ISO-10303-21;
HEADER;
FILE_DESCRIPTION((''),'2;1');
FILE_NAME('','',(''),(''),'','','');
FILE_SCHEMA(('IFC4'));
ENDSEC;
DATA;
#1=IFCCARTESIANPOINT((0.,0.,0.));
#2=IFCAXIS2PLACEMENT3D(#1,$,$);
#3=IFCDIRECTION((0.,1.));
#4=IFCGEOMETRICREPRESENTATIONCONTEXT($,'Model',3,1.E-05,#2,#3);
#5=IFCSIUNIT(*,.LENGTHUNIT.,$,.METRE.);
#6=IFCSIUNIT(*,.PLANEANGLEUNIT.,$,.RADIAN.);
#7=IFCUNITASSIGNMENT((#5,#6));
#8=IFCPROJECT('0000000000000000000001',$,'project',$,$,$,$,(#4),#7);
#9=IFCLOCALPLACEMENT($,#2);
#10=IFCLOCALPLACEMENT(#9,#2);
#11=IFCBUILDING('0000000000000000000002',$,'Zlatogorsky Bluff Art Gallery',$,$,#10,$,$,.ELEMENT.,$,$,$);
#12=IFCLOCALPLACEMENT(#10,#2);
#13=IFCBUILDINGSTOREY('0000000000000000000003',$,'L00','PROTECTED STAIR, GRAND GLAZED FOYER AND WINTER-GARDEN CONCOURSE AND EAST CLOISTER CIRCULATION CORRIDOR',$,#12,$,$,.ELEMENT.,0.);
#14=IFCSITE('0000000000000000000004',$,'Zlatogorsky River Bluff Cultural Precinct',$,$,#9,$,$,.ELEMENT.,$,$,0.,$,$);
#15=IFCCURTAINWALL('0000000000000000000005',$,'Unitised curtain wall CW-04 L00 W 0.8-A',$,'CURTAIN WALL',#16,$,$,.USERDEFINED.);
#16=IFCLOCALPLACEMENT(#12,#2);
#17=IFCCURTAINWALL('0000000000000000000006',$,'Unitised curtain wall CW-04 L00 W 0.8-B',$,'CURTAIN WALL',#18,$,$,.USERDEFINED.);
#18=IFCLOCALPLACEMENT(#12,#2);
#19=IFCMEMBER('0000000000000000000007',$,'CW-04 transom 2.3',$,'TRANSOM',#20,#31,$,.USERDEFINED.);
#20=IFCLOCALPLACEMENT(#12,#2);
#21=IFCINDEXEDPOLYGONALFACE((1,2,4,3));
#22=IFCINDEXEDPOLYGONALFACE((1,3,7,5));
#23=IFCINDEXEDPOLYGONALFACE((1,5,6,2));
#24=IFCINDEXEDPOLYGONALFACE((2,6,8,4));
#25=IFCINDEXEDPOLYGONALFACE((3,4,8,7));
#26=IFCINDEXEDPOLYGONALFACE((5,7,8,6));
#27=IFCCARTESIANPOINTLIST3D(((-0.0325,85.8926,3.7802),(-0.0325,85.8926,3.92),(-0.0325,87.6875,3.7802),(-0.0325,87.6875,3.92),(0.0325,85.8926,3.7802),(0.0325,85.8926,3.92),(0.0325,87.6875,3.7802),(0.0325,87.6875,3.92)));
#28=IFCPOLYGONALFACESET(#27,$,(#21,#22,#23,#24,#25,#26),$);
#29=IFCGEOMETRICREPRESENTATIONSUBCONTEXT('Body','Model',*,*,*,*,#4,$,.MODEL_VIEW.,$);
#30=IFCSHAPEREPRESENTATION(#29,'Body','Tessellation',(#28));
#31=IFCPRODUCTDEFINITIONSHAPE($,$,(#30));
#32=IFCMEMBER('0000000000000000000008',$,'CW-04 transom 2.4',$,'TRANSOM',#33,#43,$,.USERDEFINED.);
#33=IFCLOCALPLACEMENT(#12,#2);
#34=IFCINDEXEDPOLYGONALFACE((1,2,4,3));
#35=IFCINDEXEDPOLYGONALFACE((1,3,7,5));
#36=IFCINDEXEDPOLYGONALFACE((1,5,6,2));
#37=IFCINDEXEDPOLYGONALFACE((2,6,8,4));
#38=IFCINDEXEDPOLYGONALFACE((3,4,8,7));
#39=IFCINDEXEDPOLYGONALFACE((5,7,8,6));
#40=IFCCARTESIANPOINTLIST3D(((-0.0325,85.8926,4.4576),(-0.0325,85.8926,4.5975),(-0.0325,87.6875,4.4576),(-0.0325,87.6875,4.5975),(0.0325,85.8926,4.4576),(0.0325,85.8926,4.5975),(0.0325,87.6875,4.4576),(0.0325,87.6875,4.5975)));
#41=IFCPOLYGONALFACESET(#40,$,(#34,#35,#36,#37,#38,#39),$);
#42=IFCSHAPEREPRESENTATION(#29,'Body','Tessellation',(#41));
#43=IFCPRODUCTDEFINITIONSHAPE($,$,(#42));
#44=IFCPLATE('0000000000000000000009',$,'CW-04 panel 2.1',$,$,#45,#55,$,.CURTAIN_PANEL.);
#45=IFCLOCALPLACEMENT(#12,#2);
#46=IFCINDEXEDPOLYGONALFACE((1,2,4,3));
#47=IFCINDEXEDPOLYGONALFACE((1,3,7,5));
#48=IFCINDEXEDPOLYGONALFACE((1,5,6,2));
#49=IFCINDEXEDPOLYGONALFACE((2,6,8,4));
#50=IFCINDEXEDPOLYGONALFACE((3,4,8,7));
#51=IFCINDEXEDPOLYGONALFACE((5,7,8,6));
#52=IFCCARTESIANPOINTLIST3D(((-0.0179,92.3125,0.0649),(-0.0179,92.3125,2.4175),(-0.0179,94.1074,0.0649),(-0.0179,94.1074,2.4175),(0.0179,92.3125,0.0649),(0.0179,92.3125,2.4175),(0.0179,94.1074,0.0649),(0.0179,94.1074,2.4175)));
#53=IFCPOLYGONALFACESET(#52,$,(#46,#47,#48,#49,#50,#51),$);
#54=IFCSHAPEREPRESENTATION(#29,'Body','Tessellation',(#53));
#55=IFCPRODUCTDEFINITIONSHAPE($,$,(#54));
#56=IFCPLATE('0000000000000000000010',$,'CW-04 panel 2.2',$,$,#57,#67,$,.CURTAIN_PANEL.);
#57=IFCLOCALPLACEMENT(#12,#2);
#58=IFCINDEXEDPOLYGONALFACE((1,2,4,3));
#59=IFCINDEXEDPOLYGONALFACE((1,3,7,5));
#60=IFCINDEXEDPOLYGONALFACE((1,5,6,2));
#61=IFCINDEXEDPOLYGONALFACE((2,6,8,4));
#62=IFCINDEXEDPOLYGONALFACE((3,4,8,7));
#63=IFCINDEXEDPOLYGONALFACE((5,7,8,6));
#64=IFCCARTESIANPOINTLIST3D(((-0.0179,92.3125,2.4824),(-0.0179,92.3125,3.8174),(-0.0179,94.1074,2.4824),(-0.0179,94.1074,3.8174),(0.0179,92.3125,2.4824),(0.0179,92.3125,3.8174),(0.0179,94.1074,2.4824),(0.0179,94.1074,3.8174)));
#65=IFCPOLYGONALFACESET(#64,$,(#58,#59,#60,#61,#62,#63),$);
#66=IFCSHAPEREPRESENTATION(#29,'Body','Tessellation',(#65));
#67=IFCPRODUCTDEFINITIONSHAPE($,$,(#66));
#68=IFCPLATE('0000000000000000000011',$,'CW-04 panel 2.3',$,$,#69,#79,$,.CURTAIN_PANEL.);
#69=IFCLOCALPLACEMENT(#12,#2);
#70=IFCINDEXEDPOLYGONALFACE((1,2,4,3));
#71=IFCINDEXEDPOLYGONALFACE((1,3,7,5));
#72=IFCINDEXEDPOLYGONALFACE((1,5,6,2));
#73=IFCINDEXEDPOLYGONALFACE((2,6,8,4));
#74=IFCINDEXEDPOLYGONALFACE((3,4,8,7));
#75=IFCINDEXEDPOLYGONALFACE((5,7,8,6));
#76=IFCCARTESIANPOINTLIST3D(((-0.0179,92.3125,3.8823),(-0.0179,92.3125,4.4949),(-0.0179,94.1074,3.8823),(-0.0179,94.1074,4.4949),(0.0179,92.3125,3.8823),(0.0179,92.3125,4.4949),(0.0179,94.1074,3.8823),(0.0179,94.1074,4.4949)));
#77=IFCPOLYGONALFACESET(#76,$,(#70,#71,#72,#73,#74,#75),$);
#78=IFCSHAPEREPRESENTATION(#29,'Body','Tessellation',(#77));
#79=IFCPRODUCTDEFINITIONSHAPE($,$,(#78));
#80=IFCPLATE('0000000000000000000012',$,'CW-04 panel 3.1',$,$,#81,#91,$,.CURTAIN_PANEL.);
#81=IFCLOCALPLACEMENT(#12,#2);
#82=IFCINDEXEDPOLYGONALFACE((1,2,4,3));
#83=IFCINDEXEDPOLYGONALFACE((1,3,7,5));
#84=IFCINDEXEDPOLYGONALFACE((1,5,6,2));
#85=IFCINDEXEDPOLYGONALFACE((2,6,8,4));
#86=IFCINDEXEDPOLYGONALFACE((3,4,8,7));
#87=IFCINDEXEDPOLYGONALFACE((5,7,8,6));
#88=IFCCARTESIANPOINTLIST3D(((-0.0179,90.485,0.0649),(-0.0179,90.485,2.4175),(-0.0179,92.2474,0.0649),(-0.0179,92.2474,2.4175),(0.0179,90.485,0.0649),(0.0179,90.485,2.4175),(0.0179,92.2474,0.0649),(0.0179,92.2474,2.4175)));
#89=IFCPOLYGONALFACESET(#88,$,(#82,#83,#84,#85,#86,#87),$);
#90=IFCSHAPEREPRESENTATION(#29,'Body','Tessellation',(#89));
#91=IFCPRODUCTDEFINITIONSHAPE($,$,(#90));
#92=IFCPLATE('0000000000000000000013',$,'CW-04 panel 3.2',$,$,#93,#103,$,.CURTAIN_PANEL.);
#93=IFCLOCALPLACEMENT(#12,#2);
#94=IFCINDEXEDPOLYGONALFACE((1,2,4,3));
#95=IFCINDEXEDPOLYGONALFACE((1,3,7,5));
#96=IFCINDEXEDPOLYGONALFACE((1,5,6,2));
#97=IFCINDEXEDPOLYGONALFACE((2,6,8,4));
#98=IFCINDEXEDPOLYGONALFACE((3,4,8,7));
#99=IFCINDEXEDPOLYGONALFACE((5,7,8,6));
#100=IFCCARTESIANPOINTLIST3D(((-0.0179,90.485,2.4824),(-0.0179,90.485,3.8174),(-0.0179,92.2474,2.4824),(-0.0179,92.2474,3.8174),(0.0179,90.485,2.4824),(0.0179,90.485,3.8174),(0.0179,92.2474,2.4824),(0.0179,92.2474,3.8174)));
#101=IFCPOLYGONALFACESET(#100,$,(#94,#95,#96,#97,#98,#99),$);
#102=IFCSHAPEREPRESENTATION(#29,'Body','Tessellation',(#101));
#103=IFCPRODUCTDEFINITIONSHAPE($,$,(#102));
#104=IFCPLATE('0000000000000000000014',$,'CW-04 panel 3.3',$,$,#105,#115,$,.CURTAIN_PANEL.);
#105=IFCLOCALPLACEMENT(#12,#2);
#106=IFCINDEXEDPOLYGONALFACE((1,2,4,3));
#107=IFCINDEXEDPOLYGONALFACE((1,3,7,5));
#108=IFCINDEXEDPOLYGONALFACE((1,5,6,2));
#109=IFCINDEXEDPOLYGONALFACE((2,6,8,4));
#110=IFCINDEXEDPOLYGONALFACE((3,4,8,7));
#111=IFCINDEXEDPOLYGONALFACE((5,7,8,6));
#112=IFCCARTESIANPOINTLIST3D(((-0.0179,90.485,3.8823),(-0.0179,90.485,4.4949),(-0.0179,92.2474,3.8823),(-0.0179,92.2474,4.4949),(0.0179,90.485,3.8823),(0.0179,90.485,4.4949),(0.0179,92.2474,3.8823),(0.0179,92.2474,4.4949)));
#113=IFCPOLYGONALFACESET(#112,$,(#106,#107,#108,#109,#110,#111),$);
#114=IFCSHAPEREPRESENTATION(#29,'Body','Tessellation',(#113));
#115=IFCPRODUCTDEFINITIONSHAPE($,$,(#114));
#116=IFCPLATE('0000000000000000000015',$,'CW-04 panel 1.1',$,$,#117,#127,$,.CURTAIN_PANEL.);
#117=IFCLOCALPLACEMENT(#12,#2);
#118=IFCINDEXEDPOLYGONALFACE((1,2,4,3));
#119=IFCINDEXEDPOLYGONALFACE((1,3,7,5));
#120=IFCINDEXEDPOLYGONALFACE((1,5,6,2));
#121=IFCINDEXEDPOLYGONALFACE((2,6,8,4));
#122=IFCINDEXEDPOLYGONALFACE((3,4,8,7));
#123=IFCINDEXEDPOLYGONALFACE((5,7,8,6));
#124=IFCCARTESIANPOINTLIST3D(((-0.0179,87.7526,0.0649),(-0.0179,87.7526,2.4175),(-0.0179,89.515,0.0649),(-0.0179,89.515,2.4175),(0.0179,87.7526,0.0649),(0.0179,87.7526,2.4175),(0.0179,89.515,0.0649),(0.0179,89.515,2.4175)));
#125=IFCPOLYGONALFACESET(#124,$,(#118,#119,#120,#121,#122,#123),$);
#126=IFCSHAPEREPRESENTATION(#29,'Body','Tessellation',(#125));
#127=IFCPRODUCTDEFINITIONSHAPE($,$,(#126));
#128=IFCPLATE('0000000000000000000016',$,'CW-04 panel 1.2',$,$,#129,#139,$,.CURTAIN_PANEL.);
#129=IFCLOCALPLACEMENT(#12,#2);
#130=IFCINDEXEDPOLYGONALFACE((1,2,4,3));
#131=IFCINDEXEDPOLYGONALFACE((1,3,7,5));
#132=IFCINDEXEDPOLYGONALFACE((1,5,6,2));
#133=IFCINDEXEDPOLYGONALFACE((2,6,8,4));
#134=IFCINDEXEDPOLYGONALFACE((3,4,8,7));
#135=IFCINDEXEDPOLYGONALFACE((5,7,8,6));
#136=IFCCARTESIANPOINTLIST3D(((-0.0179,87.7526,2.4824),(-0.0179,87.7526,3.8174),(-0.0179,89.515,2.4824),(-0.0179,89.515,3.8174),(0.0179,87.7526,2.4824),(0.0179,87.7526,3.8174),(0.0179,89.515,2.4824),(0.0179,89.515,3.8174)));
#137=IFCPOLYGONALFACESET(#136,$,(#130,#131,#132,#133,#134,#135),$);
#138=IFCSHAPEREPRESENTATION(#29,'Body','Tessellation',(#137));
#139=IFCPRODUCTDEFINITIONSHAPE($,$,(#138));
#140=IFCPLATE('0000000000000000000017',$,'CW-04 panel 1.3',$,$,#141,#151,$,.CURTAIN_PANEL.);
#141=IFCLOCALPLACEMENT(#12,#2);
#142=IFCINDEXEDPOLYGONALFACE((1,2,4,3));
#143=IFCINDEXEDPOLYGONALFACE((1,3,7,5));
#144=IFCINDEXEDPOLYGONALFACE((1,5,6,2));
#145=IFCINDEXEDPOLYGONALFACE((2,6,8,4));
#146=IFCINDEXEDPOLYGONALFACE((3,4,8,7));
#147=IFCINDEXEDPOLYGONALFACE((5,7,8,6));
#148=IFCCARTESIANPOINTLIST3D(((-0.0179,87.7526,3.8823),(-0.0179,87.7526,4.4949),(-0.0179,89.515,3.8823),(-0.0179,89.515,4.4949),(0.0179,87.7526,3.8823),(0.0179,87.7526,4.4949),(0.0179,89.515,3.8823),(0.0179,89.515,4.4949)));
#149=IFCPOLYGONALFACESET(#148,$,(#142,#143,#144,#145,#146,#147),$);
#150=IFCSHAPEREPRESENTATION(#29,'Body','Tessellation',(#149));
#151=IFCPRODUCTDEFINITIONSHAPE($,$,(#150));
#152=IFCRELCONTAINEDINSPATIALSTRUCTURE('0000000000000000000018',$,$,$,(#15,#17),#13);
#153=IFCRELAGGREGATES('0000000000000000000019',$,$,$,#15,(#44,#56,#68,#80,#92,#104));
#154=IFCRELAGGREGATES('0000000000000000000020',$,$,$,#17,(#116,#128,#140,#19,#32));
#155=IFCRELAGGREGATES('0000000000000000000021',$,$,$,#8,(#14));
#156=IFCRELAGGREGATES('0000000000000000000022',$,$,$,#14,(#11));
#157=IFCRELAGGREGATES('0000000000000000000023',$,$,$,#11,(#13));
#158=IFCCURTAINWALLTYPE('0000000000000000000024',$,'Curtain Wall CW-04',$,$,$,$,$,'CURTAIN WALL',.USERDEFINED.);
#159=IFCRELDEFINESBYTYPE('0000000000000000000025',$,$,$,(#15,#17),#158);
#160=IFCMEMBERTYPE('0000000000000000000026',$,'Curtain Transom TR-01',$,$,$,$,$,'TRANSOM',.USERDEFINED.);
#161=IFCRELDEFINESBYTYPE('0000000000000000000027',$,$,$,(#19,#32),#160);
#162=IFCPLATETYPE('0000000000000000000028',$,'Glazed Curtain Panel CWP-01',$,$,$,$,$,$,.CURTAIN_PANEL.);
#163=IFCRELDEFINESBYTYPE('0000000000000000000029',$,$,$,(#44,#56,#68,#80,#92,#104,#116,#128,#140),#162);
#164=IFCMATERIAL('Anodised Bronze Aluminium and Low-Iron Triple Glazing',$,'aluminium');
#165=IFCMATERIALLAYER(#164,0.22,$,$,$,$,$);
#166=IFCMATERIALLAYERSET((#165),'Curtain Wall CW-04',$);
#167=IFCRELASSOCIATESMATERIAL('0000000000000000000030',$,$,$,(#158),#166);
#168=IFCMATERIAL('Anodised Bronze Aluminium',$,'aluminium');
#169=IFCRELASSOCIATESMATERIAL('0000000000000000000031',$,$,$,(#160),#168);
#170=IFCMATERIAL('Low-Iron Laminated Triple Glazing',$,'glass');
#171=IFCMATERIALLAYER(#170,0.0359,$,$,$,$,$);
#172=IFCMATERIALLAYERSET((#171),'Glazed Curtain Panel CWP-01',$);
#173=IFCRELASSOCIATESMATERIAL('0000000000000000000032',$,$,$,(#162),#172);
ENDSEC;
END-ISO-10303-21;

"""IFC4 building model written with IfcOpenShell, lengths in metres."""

from ifc_helpers import new_model, si_unit, direction, frame, origin, origin_2d, place, context, subcontext, project, spatial, rectangle, extrude, material, layer, layer_set, material_profile, profile_set, type_object, element, aggregate, save


model = new_model("IFC4")

# Units and contexts
model_context = context("Model", 3, precision=1e-05, world=origin(), true_north=direction((0.0, 1.0)))
body_context = subcontext(model_context, "Body", "Model", "MODEL_VIEW")
ifc_project = project(units=[si_unit("LENGTHUNIT", "METRE"), si_unit("PLANEANGLEUNIT", "RADIAN")], contexts=[model_context])

# Site, building, storey
site_placement = place(None, origin())
site = spatial("IfcSite", under=ifc_project, at=site_placement, Name="Zlatogorsky River Bluff Cultural Precinct", CompositionType="ELEMENT", RefElevation=0.0)
building_placement = place(site_placement, origin())
building = spatial("IfcBuilding", under=site, at=building_placement, Name="Zlatogorsky Bluff Art Gallery", CompositionType="ELEMENT")
storey_placement = place(building_placement, origin())
storey = spatial("IfcBuildingStorey", under=building, at=storey_placement, Name="L00", Description="PROTECTED STAIR, GRAND GLAZED FOYER AND WINTER-GARDEN CONCOURSE AND EAST CLOISTER CIRCULATION CORRIDOR", CompositionType="ELEMENT", Elevation=0.0)

# Curtain walls
ifc_material_1 = material(Name="Anodised Bronze Aluminium and Low-Iron Triple Glazing", Category="aluminium")
ifc_layer_1 = layer(ifc_material_1, 0.22)
ifc_layer_set_1 = layer_set([ifc_layer_1], Name="Curtain Wall CW-04")
curtain_wall_type = type_object("IfcCurtainWallType", Name="Curtain Wall CW-04", ElementType="CURTAIN WALL", PredefinedType="USERDEFINED", material=ifc_layer_set_1)
curtain_wall_1_placement = place(storey_placement, origin())
curtain_wall_1 = element("IfcCurtainWall", 1, at=curtain_wall_1_placement, inside=storey, type_object=curtain_wall_type, Name="Unitised curtain wall CW-04 L00 W 0.8-A", ObjectType="CURTAIN WALL", PredefinedType="USERDEFINED")
ifc_material_2 = material(Name="Anodised Bronze Aluminium", Category="aluminium")
curtain_wall_2_placement = place(storey_placement, origin())
curtain_wall_2 = element("IfcCurtainWall", 2, at=curtain_wall_2_placement, inside=storey, type_object=curtain_wall_type, Name="Unitised curtain wall CW-04 L00 W 0.8-B", ObjectType="CURTAIN WALL", PredefinedType="USERDEFINED")

# Members
ifc_material_profile_1 = material_profile(ifc_material_2, rectangle(XDim=0.0649, YDim=0.1399, at=origin_2d()), Name="ALU TRANSOM 65x140")
ifc_profile_set_1 = profile_set([ifc_material_profile_1], Name="Anodised Bronze Aluminium")
member_type_1 = type_object("IfcMemberType", Name="Curtain Transom TR-01", ElementType="TRANSOM", PredefinedType="USERDEFINED", material=ifc_profile_set_1)
member_1_placement = place(storey_placement, frame((0.0, 87.6875, 3.8501), z_axis=(0.0, -1.0, 0.0), x_axis=(1.0, 0.0, 0.0)))
member_1 = element("IfcMember", 3, at=member_1_placement, type_object=member_type_1, Name="CW-04 transom 2.3", ObjectType="TRANSOM", PredefinedType="USERDEFINED", context=body_context, shape_type="SweptSolid", body=[
    extrude(rectangle(XDim=0.0649, YDim=0.1399, at=origin_2d()), origin(), (0.0, 0.0, 1.0), 1.7949),
])
member_2_placement = place(storey_placement, frame((0.0, 87.6875, 4.5276), z_axis=(0.0, -1.0, 0.0), x_axis=(1.0, 0.0, 0.0)))
member_2 = element("IfcMember", 4, at=member_2_placement, type_object=member_type_1, Name="CW-04 transom 2.4", ObjectType="TRANSOM", PredefinedType="USERDEFINED", context=body_context, shape_type="SweptSolid", body=[
    extrude(rectangle(XDim=0.0649, YDim=0.1399, at=origin_2d()), origin(), (0.0, 0.0, 1.0), 1.7949),
])

# Plates
ifc_material_3 = material(Name="Low-Iron Laminated Triple Glazing", Category="glass")
ifc_layer_2 = layer(ifc_material_3, 0.0359)
ifc_layer_set_2 = layer_set([ifc_layer_2], Name="Glazed Curtain Panel CWP-01")
plate_type = type_object("IfcPlateType", Name="Glazed Curtain Panel CWP-01", PredefinedType="CURTAIN_PANEL", material=ifc_layer_set_2)
plate_1_placement = place(storey_placement, frame((0.0, 93.21, 0.0649), z_axis=(0.0, 0.0, 1.0), x_axis=(0.0, -1.0, 0.0)))
plate_1 = element("IfcPlate", 5, at=plate_1_placement, type_object=plate_type, Name="CW-04 panel 2.1", PredefinedType="CURTAIN_PANEL", context=body_context, shape_type="SweptSolid", body=[
    extrude(rectangle(XDim=1.7949, YDim=0.0359, at=origin_2d()), origin(), (0.0, 0.0, 1.0), 2.3525),
])
plate_2_placement = place(storey_placement, frame((0.0, 93.21, 2.4824), z_axis=(0.0, 0.0, 1.0), x_axis=(0.0, -1.0, 0.0)))
plate_2 = element("IfcPlate", 6, at=plate_2_placement, type_object=plate_type, Name="CW-04 panel 2.2", PredefinedType="CURTAIN_PANEL", context=body_context, shape_type="SweptSolid", body=[
    extrude(rectangle(XDim=1.7949, YDim=0.0359, at=origin_2d()), origin(), (0.0, 0.0, 1.0), 1.335),
])
plate_3_placement = place(storey_placement, frame((0.0, 93.21, 3.8823), z_axis=(0.0, 0.0, 1.0), x_axis=(0.0, -1.0, 0.0)))
plate_3 = element("IfcPlate", 7, at=plate_3_placement, type_object=plate_type, Name="CW-04 panel 2.3", PredefinedType="CURTAIN_PANEL", context=body_context, shape_type="SweptSolid", body=[
    extrude(rectangle(XDim=1.7949, YDim=0.0359, at=origin_2d()), origin(), (0.0, 0.0, 1.0), 0.6125),
])
plate_4_placement = place(storey_placement, frame((0.0, 91.3662, 0.0649), z_axis=(0.0, 0.0, 1.0), x_axis=(0.0, -1.0, 0.0)))
plate_4 = element("IfcPlate", 8, at=plate_4_placement, type_object=plate_type, Name="CW-04 panel 3.1", PredefinedType="CURTAIN_PANEL", context=body_context, shape_type="SweptSolid", body=[
    extrude(rectangle(XDim=1.7625, YDim=0.0359, at=origin_2d()), origin(), (0.0, 0.0, 1.0), 2.3525),
])
plate_5_placement = place(storey_placement, frame((0.0, 91.3662, 2.4824), z_axis=(0.0, 0.0, 1.0), x_axis=(0.0, -1.0, 0.0)))
plate_5 = element("IfcPlate", 9, at=plate_5_placement, type_object=plate_type, Name="CW-04 panel 3.2", PredefinedType="CURTAIN_PANEL", context=body_context, shape_type="SweptSolid", body=[
    extrude(rectangle(XDim=1.7625, YDim=0.0359, at=origin_2d()), origin(), (0.0, 0.0, 1.0), 1.335),
])
plate_6_placement = place(storey_placement, frame((0.0, 91.3662, 3.8823), z_axis=(0.0, 0.0, 1.0), x_axis=(0.0, -1.0, 0.0)))
plate_6 = element("IfcPlate", 10, at=plate_6_placement, type_object=plate_type, Name="CW-04 panel 3.3", PredefinedType="CURTAIN_PANEL", context=body_context, shape_type="SweptSolid", body=[
    extrude(rectangle(XDim=1.7625, YDim=0.0359, at=origin_2d()), origin(), (0.0, 0.0, 1.0), 0.6125),
])
aggregate(curtain_wall_1, [plate_1, plate_2, plate_3, plate_4, plate_5, plate_6])
plate_7_placement = place(storey_placement, frame((0.0, 88.6338, 0.0649), z_axis=(0.0, 0.0, 1.0), x_axis=(0.0, -1.0, 0.0)))
plate_7 = element("IfcPlate", 11, at=plate_7_placement, type_object=plate_type, Name="CW-04 panel 1.1", PredefinedType="CURTAIN_PANEL", context=body_context, shape_type="SweptSolid", body=[
    extrude(rectangle(XDim=1.7625, YDim=0.0359, at=origin_2d()), origin(), (0.0, 0.0, 1.0), 2.3525),
])
plate_8_placement = place(storey_placement, frame((0.0, 88.6338, 2.4824), z_axis=(0.0, 0.0, 1.0), x_axis=(0.0, -1.0, 0.0)))
plate_8 = element("IfcPlate", 12, at=plate_8_placement, type_object=plate_type, Name="CW-04 panel 1.2", PredefinedType="CURTAIN_PANEL", context=body_context, shape_type="SweptSolid", body=[
    extrude(rectangle(XDim=1.7625, YDim=0.0359, at=origin_2d()), origin(), (0.0, 0.0, 1.0), 1.335),
])
plate_9_placement = place(storey_placement, frame((0.0, 88.6338, 3.8823), z_axis=(0.0, 0.0, 1.0), x_axis=(0.0, -1.0, 0.0)))
plate_9 = element("IfcPlate", 13, at=plate_9_placement, type_object=plate_type, Name="CW-04 panel 1.3", PredefinedType="CURTAIN_PANEL", context=body_context, shape_type="SweptSolid", body=[
    extrude(rectangle(XDim=1.7625, YDim=0.0359, at=origin_2d()), origin(), (0.0, 0.0, 1.0), 0.6125),
])
aggregate(curtain_wall_2, [plate_7, plate_8, plate_9, member_1, member_2])

save(model, "model.ifc")
